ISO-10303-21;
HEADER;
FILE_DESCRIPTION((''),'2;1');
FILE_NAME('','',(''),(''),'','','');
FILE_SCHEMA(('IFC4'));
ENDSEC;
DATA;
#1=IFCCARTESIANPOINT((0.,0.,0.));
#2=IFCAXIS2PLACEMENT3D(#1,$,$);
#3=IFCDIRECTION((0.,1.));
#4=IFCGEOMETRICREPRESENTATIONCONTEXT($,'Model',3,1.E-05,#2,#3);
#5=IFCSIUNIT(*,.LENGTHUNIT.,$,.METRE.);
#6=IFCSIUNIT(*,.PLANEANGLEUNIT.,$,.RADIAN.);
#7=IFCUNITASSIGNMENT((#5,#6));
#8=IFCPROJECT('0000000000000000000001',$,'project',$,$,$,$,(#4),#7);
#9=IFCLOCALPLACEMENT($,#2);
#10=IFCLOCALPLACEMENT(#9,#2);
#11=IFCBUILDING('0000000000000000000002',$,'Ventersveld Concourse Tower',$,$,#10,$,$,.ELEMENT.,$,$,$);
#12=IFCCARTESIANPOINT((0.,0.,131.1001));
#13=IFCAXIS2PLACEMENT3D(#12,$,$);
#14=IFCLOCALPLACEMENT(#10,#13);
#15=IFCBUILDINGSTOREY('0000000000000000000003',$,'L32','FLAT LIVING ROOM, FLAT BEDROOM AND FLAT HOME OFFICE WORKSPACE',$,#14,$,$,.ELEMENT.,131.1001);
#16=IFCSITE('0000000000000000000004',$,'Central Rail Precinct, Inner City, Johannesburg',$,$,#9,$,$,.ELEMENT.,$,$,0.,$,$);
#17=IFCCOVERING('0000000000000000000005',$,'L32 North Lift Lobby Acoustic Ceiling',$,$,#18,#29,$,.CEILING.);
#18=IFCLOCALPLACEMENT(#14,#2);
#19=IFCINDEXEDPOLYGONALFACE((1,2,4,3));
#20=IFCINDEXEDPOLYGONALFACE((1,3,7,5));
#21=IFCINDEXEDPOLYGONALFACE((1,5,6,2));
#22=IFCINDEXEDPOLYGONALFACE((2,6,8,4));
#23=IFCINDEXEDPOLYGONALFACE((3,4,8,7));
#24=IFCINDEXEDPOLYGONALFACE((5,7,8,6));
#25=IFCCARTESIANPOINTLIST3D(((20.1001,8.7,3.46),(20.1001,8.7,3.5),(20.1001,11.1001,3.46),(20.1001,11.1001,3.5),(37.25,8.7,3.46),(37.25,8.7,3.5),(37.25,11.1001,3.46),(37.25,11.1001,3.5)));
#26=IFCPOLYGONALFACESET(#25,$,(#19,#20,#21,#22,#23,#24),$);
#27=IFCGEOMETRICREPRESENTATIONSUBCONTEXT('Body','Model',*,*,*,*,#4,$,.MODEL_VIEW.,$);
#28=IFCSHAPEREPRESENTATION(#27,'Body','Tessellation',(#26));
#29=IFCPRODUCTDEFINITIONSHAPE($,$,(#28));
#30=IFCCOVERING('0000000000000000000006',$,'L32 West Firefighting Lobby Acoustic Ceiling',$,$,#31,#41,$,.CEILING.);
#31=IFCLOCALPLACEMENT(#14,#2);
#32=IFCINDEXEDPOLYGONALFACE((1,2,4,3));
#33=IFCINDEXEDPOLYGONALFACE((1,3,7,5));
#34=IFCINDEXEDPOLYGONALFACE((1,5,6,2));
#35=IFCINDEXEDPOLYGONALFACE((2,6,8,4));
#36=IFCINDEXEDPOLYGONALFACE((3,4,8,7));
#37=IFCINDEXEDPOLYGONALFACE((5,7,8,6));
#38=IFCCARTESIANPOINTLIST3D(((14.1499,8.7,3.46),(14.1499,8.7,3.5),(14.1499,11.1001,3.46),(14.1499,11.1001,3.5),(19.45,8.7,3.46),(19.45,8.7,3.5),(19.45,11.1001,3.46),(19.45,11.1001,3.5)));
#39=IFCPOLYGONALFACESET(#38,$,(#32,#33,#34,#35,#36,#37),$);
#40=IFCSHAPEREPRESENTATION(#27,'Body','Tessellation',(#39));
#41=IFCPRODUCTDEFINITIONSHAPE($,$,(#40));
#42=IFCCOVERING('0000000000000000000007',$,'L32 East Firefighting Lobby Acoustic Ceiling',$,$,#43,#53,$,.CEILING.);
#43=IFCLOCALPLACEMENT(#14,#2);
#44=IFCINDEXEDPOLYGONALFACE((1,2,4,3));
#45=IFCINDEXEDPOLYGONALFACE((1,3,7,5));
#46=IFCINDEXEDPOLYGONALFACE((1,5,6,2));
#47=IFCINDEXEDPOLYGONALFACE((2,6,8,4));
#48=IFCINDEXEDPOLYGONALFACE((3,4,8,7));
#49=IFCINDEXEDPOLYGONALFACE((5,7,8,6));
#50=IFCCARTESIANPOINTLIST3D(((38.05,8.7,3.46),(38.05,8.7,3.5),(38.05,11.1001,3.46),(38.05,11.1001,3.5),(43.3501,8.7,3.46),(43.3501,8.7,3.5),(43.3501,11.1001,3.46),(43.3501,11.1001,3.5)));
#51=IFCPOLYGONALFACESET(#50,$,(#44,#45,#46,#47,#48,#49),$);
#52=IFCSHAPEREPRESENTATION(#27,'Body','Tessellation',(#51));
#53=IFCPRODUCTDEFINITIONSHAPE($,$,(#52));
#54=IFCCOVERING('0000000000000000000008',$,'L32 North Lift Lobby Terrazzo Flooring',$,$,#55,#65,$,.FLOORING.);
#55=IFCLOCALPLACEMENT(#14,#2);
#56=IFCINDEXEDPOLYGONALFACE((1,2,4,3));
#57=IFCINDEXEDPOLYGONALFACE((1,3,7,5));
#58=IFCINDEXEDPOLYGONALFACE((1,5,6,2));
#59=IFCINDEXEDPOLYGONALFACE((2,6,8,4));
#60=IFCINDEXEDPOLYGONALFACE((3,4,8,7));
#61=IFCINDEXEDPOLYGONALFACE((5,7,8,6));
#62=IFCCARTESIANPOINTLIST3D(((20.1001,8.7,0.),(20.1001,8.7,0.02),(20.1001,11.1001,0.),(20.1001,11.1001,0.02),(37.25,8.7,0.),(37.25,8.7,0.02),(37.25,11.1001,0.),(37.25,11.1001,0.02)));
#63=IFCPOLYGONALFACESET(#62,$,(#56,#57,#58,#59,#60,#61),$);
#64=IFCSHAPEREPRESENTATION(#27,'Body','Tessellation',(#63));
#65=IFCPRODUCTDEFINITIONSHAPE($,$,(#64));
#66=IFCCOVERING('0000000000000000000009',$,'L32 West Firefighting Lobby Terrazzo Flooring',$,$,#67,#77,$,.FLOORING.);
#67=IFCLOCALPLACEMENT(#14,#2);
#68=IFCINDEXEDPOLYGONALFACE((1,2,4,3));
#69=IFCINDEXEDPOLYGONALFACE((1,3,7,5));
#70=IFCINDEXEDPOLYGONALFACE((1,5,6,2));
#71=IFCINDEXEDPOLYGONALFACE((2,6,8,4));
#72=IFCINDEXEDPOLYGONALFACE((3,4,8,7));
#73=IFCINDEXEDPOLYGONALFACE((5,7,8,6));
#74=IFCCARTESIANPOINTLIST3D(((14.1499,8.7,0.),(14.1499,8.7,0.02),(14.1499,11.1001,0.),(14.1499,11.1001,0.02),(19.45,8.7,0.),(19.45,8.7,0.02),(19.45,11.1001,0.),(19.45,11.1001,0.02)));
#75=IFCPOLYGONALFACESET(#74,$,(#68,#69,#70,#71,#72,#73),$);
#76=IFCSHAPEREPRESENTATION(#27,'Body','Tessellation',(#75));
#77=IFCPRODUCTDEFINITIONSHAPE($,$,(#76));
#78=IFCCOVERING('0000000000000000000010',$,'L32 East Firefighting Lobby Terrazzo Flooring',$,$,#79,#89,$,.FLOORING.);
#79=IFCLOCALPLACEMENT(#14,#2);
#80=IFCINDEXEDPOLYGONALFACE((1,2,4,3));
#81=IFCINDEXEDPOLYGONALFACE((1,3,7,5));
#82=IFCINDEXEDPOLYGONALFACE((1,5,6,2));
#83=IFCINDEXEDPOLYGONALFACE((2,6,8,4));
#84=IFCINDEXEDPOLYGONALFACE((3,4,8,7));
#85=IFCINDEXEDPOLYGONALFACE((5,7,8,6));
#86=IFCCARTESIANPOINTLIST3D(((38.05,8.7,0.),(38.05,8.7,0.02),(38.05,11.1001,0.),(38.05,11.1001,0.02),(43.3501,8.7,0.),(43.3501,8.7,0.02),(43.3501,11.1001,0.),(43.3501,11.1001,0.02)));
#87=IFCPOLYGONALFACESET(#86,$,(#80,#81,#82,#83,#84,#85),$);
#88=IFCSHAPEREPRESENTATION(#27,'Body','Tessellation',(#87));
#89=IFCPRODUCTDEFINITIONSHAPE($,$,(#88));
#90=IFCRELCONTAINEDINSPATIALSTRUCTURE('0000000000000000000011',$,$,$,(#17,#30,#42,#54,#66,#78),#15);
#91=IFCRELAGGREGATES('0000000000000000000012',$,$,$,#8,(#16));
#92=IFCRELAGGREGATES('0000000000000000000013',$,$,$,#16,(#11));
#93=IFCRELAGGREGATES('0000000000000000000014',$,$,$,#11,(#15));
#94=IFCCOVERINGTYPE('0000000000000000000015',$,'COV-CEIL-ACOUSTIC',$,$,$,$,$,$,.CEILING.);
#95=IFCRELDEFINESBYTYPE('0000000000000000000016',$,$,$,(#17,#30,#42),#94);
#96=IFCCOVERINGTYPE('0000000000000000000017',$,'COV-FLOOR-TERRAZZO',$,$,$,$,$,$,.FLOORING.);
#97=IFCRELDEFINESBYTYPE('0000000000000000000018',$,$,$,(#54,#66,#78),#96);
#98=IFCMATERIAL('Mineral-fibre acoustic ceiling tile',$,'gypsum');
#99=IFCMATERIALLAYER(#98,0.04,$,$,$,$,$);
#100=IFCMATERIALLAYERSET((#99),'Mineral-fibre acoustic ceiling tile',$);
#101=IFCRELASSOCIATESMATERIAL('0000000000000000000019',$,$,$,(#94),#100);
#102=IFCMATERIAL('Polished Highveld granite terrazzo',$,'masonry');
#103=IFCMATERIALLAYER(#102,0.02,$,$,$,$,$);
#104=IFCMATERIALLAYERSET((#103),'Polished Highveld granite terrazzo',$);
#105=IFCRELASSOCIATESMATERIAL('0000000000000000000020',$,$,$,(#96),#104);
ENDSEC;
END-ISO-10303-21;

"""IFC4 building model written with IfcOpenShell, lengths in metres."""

from ifc_helpers import new_model, si_unit, direction, frame, origin, place, context, subcontext, project, spatial, polyline, outline, extrude, material, layer, layer_set, type_object, element, save


model = new_model("IFC4")

# Units and contexts
model_context = context("Model", 3, precision=1e-05, world=origin(), true_north=direction((0.0, 1.0)))
body_context = subcontext(model_context, "Body", "Model", "MODEL_VIEW")
ifc_project = project(units=[si_unit("LENGTHUNIT", "METRE"), si_unit("PLANEANGLEUNIT", "RADIAN")], contexts=[model_context])

# Site, building, storey
site_placement = place(None, origin())
site = spatial("IfcSite", under=ifc_project, at=site_placement, Name="Central Rail Precinct, Inner City, Johannesburg", CompositionType="ELEMENT", RefElevation=0.0)
building_placement = place(site_placement, origin())
building = spatial("IfcBuilding", under=site, at=building_placement, Name="Ventersveld Concourse Tower", CompositionType="ELEMENT")
storey_placement = place(building_placement, frame((0.0, 0.0, 131.1001)))
storey = spatial("IfcBuildingStorey", under=building, at=storey_placement, Name="L32", Description="FLAT LIVING ROOM, FLAT BEDROOM AND FLAT HOME OFFICE WORKSPACE", CompositionType="ELEMENT", Elevation=131.1001)

# Coverings
ifc_material_1 = material(Name="Mineral-fibre acoustic ceiling tile", Category="gypsum")
ifc_layer_1 = layer(ifc_material_1, 0.04)
ifc_layer_set_1 = layer_set([ifc_layer_1], Name="Mineral-fibre acoustic ceiling tile")
covering_type_1 = type_object("IfcCoveringType", Name="COV-CEIL-ACOUSTIC", PredefinedType="CEILING", material=ifc_layer_set_1)
covering_1_placement = place(storey_placement, frame((0.0, 0.0, 3.46)))
element("IfcCovering", 1, at=covering_1_placement, inside=storey, type_object=covering_type_1, Name="L32 North Lift Lobby Acoustic Ceiling", PredefinedType="CEILING", context=body_context, shape_type="SweptSolid", body=[
    extrude(outline(polyline([(20.1001, 8.7), (37.25, 8.7), (37.25, 11.1001), (20.1001, 11.1001), (20.1001, 8.7)])), origin(), (0.0, 0.0, 1.0), 0.04),
])
covering_2_placement = place(storey_placement, frame((0.0, 0.0, 3.46)))
element("IfcCovering", 2, at=covering_2_placement, inside=storey, type_object=covering_type_1, Name="L32 West Firefighting Lobby Acoustic Ceiling", PredefinedType="CEILING", context=body_context, shape_type="SweptSolid", body=[
    extrude(outline(polyline([(14.1499, 8.7), (19.45, 8.7), (19.45, 11.1001), (14.1499, 11.1001), (14.1499, 8.7)])), origin(), (0.0, 0.0, 1.0), 0.04),
])
covering_3_placement = place(storey_placement, frame((0.0, 0.0, 3.46)))
element("IfcCovering", 3, at=covering_3_placement, inside=storey, type_object=covering_type_1, Name="L32 East Firefighting Lobby Acoustic Ceiling", PredefinedType="CEILING", context=body_context, shape_type="SweptSolid", body=[
    extrude(outline(polyline([(38.05, 8.7), (43.3501, 8.7), (43.3501, 11.1001), (38.05, 11.1001), (38.05, 8.7)])), origin(), (0.0, 0.0, 1.0), 0.04),
])
ifc_material_2 = material(Name="Polished Highveld granite terrazzo", Category="masonry")
ifc_layer_2 = layer(ifc_material_2, 0.02)
ifc_layer_set_2 = layer_set([ifc_layer_2], Name="Polished Highveld granite terrazzo")
covering_type_2 = type_object("IfcCoveringType", Name="COV-FLOOR-TERRAZZO", PredefinedType="FLOORING", material=ifc_layer_set_2)
covering_4_placement = place(storey_placement, origin())
element("IfcCovering", 4, at=covering_4_placement, inside=storey, type_object=covering_type_2, Name="L32 North Lift Lobby Terrazzo Flooring", PredefinedType="FLOORING", context=body_context, shape_type="SweptSolid", body=[
    extrude(outline(polyline([(20.1001, 8.7), (37.25, 8.7), (37.25, 11.1001), (20.1001, 11.1001), (20.1001, 8.7)])), origin(), (0.0, 0.0, 1.0), 0.02),
])
covering_5_placement = place(storey_placement, origin())
element("IfcCovering", 5, at=covering_5_placement, inside=storey, type_object=covering_type_2, Name="L32 West Firefighting Lobby Terrazzo Flooring", PredefinedType="FLOORING", context=body_context, shape_type="SweptSolid", body=[
    extrude(outline(polyline([(14.1499, 8.7), (19.45, 8.7), (19.45, 11.1001), (14.1499, 11.1001), (14.1499, 8.7)])), origin(), (0.0, 0.0, 1.0), 0.02),
])
covering_6_placement = place(storey_placement, origin())
element("IfcCovering", 6, at=covering_6_placement, inside=storey, type_object=covering_type_2, Name="L32 East Firefighting Lobby Terrazzo Flooring", PredefinedType="FLOORING", context=body_context, shape_type="SweptSolid", body=[
    extrude(outline(polyline([(38.05, 8.7), (43.3501, 8.7), (43.3501, 11.1001), (38.05, 11.1001), (38.05, 8.7)])), origin(), (0.0, 0.0, 1.0), 0.02),
])

save(model, "model.ifc")
